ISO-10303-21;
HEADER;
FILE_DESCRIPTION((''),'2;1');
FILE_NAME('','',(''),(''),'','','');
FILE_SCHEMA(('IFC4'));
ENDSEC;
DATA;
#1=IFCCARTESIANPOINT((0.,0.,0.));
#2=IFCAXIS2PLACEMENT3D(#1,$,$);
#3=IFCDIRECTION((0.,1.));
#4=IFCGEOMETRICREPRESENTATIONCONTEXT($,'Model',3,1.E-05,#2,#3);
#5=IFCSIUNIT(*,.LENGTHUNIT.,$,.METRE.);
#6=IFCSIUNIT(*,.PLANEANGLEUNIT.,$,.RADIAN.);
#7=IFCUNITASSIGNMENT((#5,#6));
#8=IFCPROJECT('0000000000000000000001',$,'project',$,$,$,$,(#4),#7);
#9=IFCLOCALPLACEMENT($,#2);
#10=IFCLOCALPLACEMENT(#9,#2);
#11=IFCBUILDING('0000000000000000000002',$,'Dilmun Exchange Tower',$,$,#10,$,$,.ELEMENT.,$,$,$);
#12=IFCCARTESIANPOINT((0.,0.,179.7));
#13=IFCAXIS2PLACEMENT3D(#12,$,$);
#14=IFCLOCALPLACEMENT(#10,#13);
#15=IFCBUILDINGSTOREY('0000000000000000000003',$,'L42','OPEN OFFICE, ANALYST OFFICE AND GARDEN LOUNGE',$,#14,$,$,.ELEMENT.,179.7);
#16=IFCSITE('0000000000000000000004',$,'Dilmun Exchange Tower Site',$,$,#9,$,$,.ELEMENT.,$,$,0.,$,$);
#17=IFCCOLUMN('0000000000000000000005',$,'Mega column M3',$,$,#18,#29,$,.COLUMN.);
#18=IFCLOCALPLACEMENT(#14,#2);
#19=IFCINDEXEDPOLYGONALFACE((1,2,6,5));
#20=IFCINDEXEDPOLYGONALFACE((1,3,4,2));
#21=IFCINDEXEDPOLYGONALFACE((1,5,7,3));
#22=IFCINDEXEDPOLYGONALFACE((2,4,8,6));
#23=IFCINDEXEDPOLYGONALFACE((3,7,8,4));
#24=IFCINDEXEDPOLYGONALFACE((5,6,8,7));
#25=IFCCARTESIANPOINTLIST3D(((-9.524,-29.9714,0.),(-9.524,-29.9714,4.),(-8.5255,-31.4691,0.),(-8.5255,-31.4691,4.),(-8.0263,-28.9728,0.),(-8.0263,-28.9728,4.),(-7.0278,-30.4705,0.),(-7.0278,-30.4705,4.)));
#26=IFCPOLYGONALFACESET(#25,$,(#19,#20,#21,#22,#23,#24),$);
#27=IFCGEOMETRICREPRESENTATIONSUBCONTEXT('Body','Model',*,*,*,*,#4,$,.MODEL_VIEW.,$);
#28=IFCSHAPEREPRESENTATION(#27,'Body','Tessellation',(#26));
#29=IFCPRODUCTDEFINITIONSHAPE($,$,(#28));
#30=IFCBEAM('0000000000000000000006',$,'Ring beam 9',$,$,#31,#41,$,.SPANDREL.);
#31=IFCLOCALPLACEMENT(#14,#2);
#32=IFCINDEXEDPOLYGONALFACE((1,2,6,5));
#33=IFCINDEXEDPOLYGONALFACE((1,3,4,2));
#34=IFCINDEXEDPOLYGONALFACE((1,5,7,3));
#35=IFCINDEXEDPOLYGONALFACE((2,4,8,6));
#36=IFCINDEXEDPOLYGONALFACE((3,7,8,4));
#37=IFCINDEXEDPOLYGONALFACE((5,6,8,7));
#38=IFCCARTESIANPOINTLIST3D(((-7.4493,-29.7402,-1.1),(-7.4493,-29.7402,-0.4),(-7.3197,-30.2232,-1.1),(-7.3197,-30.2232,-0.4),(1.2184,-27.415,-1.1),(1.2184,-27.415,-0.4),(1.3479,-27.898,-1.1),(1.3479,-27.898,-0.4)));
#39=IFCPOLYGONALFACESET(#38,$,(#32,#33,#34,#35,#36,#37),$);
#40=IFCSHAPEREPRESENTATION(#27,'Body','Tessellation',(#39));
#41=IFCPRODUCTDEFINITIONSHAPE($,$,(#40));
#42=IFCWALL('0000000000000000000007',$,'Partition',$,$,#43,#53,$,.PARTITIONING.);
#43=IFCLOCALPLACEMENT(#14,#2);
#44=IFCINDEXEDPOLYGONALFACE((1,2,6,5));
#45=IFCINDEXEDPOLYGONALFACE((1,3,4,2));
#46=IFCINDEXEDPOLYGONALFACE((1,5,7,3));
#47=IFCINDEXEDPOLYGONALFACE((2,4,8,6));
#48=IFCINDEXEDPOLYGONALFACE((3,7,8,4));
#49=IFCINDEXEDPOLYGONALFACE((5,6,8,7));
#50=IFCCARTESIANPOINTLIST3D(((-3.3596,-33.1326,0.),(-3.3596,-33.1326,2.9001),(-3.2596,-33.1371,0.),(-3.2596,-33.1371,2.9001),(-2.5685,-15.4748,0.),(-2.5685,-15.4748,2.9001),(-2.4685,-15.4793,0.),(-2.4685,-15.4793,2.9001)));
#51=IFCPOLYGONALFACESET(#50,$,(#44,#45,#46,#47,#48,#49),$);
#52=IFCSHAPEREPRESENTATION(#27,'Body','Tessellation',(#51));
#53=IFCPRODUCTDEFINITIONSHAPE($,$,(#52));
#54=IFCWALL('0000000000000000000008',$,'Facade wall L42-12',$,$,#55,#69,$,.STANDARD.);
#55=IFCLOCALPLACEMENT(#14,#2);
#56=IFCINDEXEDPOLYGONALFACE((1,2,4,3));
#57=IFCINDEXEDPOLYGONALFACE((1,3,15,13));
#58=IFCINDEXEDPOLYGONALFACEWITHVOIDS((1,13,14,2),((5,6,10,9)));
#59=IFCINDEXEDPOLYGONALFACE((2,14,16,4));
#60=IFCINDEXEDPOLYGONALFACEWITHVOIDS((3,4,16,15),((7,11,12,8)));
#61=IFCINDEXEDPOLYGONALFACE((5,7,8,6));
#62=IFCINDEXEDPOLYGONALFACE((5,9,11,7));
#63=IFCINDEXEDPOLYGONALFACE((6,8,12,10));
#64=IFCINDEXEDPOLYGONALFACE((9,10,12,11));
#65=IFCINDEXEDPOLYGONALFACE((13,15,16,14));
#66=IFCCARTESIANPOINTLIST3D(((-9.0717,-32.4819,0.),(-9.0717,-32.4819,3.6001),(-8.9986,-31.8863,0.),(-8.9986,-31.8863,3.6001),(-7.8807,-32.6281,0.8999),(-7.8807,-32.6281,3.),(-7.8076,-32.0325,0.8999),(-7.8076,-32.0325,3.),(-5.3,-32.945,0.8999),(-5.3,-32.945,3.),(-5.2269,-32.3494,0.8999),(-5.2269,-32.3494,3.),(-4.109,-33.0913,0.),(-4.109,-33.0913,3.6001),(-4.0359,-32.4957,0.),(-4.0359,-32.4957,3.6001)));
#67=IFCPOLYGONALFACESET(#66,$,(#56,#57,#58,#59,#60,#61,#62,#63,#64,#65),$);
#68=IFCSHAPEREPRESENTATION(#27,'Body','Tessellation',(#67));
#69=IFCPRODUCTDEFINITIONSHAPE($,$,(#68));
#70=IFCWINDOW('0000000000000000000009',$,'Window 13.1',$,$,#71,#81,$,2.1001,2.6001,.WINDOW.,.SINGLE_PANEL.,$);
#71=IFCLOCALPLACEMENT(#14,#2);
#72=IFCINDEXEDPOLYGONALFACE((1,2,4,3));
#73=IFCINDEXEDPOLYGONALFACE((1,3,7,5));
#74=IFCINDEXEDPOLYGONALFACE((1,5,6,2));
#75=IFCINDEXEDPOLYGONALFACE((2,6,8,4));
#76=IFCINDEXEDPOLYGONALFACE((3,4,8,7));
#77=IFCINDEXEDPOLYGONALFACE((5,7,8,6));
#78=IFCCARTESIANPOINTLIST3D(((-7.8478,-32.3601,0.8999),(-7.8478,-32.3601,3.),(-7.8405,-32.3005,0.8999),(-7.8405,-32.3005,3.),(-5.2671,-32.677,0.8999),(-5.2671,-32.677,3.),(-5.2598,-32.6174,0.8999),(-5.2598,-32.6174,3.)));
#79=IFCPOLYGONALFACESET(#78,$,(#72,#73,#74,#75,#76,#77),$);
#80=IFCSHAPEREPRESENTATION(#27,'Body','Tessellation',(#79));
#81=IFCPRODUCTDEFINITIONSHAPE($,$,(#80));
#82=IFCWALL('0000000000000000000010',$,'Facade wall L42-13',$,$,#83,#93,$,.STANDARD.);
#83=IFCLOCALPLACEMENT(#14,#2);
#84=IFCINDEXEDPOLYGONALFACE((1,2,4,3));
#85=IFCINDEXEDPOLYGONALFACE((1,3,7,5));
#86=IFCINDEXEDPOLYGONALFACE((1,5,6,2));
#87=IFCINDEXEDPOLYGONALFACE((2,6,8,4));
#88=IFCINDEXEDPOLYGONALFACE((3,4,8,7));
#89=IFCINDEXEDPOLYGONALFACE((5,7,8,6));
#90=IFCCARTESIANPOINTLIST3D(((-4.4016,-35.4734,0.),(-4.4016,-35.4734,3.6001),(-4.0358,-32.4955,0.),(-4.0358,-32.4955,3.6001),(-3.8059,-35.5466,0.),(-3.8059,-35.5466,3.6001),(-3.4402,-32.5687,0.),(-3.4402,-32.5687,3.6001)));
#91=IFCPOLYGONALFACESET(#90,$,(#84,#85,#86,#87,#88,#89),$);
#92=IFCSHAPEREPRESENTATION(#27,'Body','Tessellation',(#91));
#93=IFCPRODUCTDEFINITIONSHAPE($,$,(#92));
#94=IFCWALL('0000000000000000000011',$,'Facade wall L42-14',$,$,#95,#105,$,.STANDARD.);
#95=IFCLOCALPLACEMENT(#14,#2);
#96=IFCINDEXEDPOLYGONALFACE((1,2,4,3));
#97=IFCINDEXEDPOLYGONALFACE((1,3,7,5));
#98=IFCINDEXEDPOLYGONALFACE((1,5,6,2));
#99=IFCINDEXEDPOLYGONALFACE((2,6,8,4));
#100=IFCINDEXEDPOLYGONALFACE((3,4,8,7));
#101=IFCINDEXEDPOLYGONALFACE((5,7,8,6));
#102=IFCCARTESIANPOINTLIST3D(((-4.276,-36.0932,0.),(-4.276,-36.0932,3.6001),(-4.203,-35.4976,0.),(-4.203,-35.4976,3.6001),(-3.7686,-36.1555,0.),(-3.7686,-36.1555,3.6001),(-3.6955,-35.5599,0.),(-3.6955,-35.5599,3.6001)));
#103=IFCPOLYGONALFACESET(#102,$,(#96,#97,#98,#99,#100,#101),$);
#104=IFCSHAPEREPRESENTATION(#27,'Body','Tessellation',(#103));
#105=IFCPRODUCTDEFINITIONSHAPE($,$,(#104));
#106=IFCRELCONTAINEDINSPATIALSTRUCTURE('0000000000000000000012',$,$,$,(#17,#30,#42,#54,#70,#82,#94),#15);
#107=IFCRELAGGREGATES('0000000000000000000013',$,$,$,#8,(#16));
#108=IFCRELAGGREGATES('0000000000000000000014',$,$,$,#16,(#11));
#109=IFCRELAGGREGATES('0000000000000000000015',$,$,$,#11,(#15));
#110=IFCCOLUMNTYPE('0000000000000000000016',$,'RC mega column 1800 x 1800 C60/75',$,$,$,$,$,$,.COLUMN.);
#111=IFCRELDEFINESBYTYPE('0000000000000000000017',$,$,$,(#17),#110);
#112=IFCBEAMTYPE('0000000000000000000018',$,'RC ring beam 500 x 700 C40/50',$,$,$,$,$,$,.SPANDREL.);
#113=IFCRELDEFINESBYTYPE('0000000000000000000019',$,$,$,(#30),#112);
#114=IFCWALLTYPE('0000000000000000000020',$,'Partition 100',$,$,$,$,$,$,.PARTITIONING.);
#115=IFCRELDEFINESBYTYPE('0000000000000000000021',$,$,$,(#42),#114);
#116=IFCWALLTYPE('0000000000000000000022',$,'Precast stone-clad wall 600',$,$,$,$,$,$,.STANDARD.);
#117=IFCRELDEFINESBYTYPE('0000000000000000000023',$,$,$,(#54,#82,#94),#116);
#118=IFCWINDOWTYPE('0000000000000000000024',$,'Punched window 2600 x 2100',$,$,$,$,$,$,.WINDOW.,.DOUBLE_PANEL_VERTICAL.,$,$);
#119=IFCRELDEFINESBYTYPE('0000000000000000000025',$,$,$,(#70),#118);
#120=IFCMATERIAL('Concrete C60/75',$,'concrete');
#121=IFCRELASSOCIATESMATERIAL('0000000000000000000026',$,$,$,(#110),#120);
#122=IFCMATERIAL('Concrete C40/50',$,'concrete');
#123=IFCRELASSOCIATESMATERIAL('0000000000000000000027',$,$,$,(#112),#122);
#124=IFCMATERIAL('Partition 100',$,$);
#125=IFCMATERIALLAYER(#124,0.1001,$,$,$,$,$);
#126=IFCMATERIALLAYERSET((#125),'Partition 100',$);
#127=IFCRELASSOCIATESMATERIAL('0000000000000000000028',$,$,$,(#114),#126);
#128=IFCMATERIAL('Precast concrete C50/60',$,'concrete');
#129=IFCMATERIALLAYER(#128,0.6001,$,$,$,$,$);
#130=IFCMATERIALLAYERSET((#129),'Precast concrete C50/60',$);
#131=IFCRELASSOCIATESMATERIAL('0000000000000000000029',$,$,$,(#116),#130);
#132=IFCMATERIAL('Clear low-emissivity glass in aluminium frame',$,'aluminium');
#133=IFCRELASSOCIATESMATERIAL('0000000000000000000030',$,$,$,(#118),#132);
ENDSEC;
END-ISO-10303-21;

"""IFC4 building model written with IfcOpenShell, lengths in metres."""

from ifc_helpers import new_model, si_unit, direction, frame, frame_2d, origin, origin_2d, place, context, subcontext, project, spatial, rectangle, extrude, material, layer, layer_set, material_profile, profile_set, type_object, element, fill, save


model = new_model("IFC4")

# Units and contexts
model_context = context("Model", 3, precision=1e-05, world=origin(), true_north=direction((0.0, 1.0)))
body_context = subcontext(model_context, "Body", "Model", "MODEL_VIEW")
ifc_project = project(units=[si_unit("LENGTHUNIT", "METRE"), si_unit("PLANEANGLEUNIT", "RADIAN")], contexts=[model_context])

# Site, building, storey
site_placement = place(None, origin())
site = spatial("IfcSite", under=ifc_project, at=site_placement, Name="Dilmun Exchange Tower Site", CompositionType="ELEMENT", RefElevation=0.0)
building_placement = place(site_placement, origin())
building = spatial("IfcBuilding", under=site, at=building_placement, Name="Dilmun Exchange Tower", CompositionType="ELEMENT")
storey_placement = place(building_placement, frame((0.0, 0.0, 179.7)))
storey = spatial("IfcBuildingStorey", under=building, at=storey_placement, Name="L42", Description="OPEN OFFICE, ANALYST OFFICE AND GARDEN LOUNGE", CompositionType="ELEMENT", Elevation=179.7)

# Column
ifc_material_1 = material(Name="Concrete C60/75", Category="concrete")
ifc_material_profile_1 = material_profile(ifc_material_1, rectangle(XDim=1.8, YDim=1.8, at=origin_2d()), Name="1800 x 1800")
ifc_profile_set_1 = profile_set([ifc_material_profile_1], Name="Concrete C60/75")
column_type = type_object("IfcColumnType", Name="RC mega column 1800 x 1800 C60/75", PredefinedType="COLUMN", material=ifc_profile_set_1)
column_placement = place(storey_placement, frame((-8.2759, -30.2209, 0.0), z_axis=(0.0, 0.0, 1.0), x_axis=(0.832029, 0.554733, 0.0)))
element("IfcColumn", 1, at=column_placement, inside=storey, type_object=column_type, Name="Mega column M3", PredefinedType="COLUMN", context=body_context, shape_type="SweptSolid", body=[
    extrude(rectangle(XDim=1.8, YDim=1.8, at=origin_2d()), origin(), (0.0, 0.0, 1.0), 4.0),
])

# Beam
ifc_material_2 = material(Name="Concrete C40/50", Category="concrete")
ifc_material_profile_2 = material_profile(ifc_material_2, rectangle(XDim=0.5, YDim=0.7, at=origin_2d()), Name="500 x 700")
ifc_profile_set_2 = profile_set([ifc_material_profile_2], Name="Concrete C40/50")
beam_type = type_object("IfcBeamType", Name="RC ring beam 500 x 700 C40/50", PredefinedType="SPANDREL", material=ifc_profile_set_2)
beam_placement = place(storey_placement, frame((-7.3845, -29.9817, -0.75), z_axis=(0.965851, 0.259098, 0.0), x_axis=(-0.259098, 0.965851, 0.0)))
element("IfcBeam", 2, at=beam_placement, inside=storey, type_object=beam_type, Name="Ring beam 9", PredefinedType="SPANDREL", context=body_context, shape_type="SweptSolid", body=[
    extrude(rectangle(XDim=0.5, YDim=0.7, at=origin_2d()), origin(), (0.0, 0.0, 1.0), 8.9741),
])

# Wall
ifc_material_3 = material(Name="Partition 100")
ifc_layer_1 = layer(ifc_material_3, 0.1001)
ifc_layer_set_1 = layer_set([ifc_layer_1], Name="Partition 100")
wall_type_1 = type_object("IfcWallType", Name="Partition 100", PredefinedType="PARTITIONING", material=ifc_layer_set_1)
wall_1_placement = place(storey_placement, frame((-3.3096, -33.135, 0.0), z_axis=(0.0, 0.0, 1.0), x_axis=(0.044752, 0.998998, 0.0)))
element("IfcWall", 3, at=wall_1_placement, inside=storey, type_object=wall_type_1, Name="Partition", PredefinedType="PARTITIONING", context=body_context, shape_type="SweptSolid", body=[
    extrude(rectangle(XDim=17.6755, YDim=0.1001, at=frame_2d((8.8379, 0.0))), origin(), (0.0, 0.0, 1.0), 2.9001),
])

# Wall, opening, window
ifc_material_4 = material(Name="Precast concrete C50/60", Category="concrete")
ifc_layer_2 = layer(ifc_material_4, 0.6001)
ifc_layer_set_2 = layer_set([ifc_layer_2], Name="Precast concrete C50/60")
wall_type_2 = type_object("IfcWallType", Name="Precast stone-clad wall 600", PredefinedType="STANDARD", material=ifc_layer_set_2)
wall_2_placement = place(storey_placement, frame((-9.0352, -32.1841, 0.0), z_axis=(0.0, 0.0, 1.0), x_axis=(0.992545, -0.121877, 0.0)))
wall_2 = element("IfcWall", 4, at=wall_2_placement, inside=storey, type_object=wall_type_2, Name="Facade wall L42-12", PredefinedType="STANDARD", context=body_context, shape_type="SweptSolid", body=[
    extrude(rectangle(XDim=5.0, YDim=0.6001, at=frame_2d((2.5, 0.0))), origin(), (0.0, 0.0, 1.0), 3.6001),
])
opening_1_placement = place(wall_2_placement, frame((1.2, 0.0, 0.8999)))
opening_1 = element("IfcOpeningElement", 5, at=opening_1_placement, cuts=wall_2, PredefinedType="OPENING", context=body_context, shape_type="SweptSolid", body=[
    extrude(rectangle(XDim=2.6001, YDim=2.1001, at=frame_2d((1.3, 1.05))), frame((0.0, 0.3101, 0.0), z_axis=(0.0, -1.0, 0.0), x_axis=(1.0, 0.0, 0.0)), (0.0, 0.0, 1.0), 0.6201),
])
ifc_material_5 = material(Name="Clear low-emissivity glass in aluminium frame", Category="aluminium")
window_type_1 = type_object("IfcWindowType", Name="Punched window 2600 x 2100", PartitioningType="DOUBLE_PANEL_VERTICAL", PredefinedType="WINDOW", material=ifc_material_5)
window_1_placement = place(opening_1_placement, origin())
window_1 = element("IfcWindow", 6, at=window_1_placement, inside=storey, type_object=window_type_1, Name="Window 13.1", OverallHeight=2.1001, OverallWidth=2.6001, PartitioningType="SINGLE_PANEL", PredefinedType="WINDOW", context=body_context, shape_type="SweptSolid", body=[
    extrude(rectangle(XDim=2.6001, YDim=2.1001, at=frame_2d((1.3, 1.05))), frame((0.0, 0.03, 0.0), z_axis=(0.0, -1.0, 0.0), x_axis=(1.0, 0.0, 0.0)), (0.0, 0.0, 1.0), 0.0601),
])
fill(opening_1, window_1)

# Walls
wall_3_placement = place(storey_placement, frame((-3.738, -32.5322, 0.0), z_axis=(0.0, 0.0, 1.0), x_axis=(-0.121901, -0.992542, 0.0)))
element("IfcWall", 7, at=wall_3_placement, inside=storey, type_object=wall_type_2, Name="Facade wall L42-13", PredefinedType="STANDARD", context=body_context, shape_type="SweptSolid", body=[
    extrude(rectangle(XDim=3.0002, YDim=0.6001, at=frame_2d((1.5, 0.0))), origin(), (0.0, 0.0, 1.0), 3.6001),
])
wall_4_placement = place(storey_placement, frame((-4.2395, -35.7954, 0.0), z_axis=(0.0, 0.0, 1.0), x_axis=(0.992555, -0.1218, 0.0)))
element("IfcWall", 8, at=wall_4_placement, inside=storey, type_object=wall_type_2, Name="Facade wall L42-14", PredefinedType="STANDARD", context=body_context, shape_type="SweptSolid", body=[
    extrude(rectangle(XDim=0.5112, YDim=0.6001, at=frame_2d((0.2556, 0.0))), origin(), (0.0, 0.0, 1.0), 3.6001),
])

save(model, "model.ifc")
